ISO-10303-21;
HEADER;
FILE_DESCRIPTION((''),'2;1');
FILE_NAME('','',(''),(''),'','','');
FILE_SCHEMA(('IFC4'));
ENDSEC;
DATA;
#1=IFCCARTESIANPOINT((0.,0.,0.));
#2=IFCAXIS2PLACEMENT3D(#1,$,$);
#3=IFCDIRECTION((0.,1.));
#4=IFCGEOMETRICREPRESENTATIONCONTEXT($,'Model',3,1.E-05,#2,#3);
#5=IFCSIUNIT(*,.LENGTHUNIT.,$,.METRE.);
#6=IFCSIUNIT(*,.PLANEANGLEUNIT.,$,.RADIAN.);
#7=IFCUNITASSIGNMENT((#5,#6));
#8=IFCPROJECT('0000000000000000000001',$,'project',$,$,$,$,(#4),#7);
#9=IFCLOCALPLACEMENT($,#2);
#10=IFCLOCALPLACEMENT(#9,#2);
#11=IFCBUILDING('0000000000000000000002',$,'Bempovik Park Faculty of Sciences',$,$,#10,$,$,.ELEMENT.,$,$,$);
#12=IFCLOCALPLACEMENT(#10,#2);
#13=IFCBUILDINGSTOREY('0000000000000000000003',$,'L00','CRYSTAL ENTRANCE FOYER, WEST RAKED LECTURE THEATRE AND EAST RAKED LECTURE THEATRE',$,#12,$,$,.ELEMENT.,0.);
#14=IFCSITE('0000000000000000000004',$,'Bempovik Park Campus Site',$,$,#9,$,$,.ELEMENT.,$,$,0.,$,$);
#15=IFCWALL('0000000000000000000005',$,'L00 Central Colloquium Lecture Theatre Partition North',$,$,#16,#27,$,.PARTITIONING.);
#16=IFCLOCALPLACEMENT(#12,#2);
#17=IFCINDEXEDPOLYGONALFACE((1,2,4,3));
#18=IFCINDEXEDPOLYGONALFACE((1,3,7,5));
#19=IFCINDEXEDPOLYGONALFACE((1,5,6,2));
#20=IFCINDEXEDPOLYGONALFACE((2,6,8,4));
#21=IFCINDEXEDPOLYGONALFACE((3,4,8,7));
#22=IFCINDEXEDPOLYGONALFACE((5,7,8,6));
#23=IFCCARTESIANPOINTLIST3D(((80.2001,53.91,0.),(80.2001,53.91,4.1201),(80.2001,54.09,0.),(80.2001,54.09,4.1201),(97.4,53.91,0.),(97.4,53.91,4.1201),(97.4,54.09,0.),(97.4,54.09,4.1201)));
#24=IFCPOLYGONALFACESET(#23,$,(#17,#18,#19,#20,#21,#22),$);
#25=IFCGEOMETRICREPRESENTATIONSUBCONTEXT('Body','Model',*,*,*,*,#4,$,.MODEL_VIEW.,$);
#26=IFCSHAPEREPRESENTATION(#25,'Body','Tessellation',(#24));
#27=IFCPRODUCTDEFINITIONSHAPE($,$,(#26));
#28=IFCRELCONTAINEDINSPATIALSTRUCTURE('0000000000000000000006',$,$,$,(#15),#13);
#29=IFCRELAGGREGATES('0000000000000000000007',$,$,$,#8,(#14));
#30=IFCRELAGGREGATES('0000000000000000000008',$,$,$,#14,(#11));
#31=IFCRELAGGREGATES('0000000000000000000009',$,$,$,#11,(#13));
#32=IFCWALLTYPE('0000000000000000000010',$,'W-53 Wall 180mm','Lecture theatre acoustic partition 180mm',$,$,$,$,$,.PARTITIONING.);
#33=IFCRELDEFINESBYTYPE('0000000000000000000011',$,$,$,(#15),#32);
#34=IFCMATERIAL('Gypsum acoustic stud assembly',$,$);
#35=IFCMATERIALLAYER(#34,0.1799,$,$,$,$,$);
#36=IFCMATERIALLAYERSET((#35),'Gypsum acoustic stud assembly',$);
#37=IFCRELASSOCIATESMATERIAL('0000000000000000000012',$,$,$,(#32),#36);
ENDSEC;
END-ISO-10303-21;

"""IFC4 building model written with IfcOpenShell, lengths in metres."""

from ifc_helpers import new_model, si_unit, direction, frame, frame_2d, origin, place, context, subcontext, project, spatial, rectangle, extrude, material, layer, layer_set, type_object, element, save


model = new_model("IFC4")

# Units and contexts
model_context = context("Model", 3, precision=1e-05, world=origin(), true_north=direction((0.0, 1.0)))
body_context = subcontext(model_context, "Body", "Model", "MODEL_VIEW")
ifc_project = project(units=[si_unit("LENGTHUNIT", "METRE"), si_unit("PLANEANGLEUNIT", "RADIAN")], contexts=[model_context])

# Site, building, storey
site_placement = place(None, origin())
site = spatial("IfcSite", under=ifc_project, at=site_placement, Name="Bempovik Park Campus Site", CompositionType="ELEMENT", RefElevation=0.0)
building_placement = place(site_placement, origin())
building = spatial("IfcBuilding", under=site, at=building_placement, Name="Bempovik Park Faculty of Sciences", CompositionType="ELEMENT")
storey_placement = place(building_placement, origin())
storey = spatial("IfcBuildingStorey", under=building, at=storey_placement, Name="L00", Description="CRYSTAL ENTRANCE FOYER, WEST RAKED LECTURE THEATRE AND EAST RAKED LECTURE THEATRE", CompositionType="ELEMENT", Elevation=0.0)

# Wall
ifc_material_1 = material(Name="Gypsum acoustic stud assembly")
ifc_layer = layer(ifc_material_1, 0.1799)
ifc_layer_set = layer_set([ifc_layer], Name="Gypsum acoustic stud assembly")
wall_type = type_object("IfcWallType", Name="W-53 Wall 180mm", Description="Lecture theatre acoustic partition 180mm", PredefinedType="PARTITIONING", material=ifc_layer_set)
wall_placement = place(storey_placement, frame((80.2, 54.0, 0.0), z_axis=(0.0, 0.0, 1.0), x_axis=(1.0, 0.0, 0.0)))
element("IfcWall", 1, at=wall_placement, inside=storey, type_object=wall_type, Name="L00 Central Colloquium Lecture Theatre Partition North", PredefinedType="PARTITIONING", context=body_context, shape_type="SweptSolid", body=[
    extrude(rectangle(XDim=17.2, YDim=0.1799, at=frame_2d((8.6001, 0.0))), origin(), (0.0, 0.0, 1.0), 4.1201),
])

save(model, "model.ifc")
